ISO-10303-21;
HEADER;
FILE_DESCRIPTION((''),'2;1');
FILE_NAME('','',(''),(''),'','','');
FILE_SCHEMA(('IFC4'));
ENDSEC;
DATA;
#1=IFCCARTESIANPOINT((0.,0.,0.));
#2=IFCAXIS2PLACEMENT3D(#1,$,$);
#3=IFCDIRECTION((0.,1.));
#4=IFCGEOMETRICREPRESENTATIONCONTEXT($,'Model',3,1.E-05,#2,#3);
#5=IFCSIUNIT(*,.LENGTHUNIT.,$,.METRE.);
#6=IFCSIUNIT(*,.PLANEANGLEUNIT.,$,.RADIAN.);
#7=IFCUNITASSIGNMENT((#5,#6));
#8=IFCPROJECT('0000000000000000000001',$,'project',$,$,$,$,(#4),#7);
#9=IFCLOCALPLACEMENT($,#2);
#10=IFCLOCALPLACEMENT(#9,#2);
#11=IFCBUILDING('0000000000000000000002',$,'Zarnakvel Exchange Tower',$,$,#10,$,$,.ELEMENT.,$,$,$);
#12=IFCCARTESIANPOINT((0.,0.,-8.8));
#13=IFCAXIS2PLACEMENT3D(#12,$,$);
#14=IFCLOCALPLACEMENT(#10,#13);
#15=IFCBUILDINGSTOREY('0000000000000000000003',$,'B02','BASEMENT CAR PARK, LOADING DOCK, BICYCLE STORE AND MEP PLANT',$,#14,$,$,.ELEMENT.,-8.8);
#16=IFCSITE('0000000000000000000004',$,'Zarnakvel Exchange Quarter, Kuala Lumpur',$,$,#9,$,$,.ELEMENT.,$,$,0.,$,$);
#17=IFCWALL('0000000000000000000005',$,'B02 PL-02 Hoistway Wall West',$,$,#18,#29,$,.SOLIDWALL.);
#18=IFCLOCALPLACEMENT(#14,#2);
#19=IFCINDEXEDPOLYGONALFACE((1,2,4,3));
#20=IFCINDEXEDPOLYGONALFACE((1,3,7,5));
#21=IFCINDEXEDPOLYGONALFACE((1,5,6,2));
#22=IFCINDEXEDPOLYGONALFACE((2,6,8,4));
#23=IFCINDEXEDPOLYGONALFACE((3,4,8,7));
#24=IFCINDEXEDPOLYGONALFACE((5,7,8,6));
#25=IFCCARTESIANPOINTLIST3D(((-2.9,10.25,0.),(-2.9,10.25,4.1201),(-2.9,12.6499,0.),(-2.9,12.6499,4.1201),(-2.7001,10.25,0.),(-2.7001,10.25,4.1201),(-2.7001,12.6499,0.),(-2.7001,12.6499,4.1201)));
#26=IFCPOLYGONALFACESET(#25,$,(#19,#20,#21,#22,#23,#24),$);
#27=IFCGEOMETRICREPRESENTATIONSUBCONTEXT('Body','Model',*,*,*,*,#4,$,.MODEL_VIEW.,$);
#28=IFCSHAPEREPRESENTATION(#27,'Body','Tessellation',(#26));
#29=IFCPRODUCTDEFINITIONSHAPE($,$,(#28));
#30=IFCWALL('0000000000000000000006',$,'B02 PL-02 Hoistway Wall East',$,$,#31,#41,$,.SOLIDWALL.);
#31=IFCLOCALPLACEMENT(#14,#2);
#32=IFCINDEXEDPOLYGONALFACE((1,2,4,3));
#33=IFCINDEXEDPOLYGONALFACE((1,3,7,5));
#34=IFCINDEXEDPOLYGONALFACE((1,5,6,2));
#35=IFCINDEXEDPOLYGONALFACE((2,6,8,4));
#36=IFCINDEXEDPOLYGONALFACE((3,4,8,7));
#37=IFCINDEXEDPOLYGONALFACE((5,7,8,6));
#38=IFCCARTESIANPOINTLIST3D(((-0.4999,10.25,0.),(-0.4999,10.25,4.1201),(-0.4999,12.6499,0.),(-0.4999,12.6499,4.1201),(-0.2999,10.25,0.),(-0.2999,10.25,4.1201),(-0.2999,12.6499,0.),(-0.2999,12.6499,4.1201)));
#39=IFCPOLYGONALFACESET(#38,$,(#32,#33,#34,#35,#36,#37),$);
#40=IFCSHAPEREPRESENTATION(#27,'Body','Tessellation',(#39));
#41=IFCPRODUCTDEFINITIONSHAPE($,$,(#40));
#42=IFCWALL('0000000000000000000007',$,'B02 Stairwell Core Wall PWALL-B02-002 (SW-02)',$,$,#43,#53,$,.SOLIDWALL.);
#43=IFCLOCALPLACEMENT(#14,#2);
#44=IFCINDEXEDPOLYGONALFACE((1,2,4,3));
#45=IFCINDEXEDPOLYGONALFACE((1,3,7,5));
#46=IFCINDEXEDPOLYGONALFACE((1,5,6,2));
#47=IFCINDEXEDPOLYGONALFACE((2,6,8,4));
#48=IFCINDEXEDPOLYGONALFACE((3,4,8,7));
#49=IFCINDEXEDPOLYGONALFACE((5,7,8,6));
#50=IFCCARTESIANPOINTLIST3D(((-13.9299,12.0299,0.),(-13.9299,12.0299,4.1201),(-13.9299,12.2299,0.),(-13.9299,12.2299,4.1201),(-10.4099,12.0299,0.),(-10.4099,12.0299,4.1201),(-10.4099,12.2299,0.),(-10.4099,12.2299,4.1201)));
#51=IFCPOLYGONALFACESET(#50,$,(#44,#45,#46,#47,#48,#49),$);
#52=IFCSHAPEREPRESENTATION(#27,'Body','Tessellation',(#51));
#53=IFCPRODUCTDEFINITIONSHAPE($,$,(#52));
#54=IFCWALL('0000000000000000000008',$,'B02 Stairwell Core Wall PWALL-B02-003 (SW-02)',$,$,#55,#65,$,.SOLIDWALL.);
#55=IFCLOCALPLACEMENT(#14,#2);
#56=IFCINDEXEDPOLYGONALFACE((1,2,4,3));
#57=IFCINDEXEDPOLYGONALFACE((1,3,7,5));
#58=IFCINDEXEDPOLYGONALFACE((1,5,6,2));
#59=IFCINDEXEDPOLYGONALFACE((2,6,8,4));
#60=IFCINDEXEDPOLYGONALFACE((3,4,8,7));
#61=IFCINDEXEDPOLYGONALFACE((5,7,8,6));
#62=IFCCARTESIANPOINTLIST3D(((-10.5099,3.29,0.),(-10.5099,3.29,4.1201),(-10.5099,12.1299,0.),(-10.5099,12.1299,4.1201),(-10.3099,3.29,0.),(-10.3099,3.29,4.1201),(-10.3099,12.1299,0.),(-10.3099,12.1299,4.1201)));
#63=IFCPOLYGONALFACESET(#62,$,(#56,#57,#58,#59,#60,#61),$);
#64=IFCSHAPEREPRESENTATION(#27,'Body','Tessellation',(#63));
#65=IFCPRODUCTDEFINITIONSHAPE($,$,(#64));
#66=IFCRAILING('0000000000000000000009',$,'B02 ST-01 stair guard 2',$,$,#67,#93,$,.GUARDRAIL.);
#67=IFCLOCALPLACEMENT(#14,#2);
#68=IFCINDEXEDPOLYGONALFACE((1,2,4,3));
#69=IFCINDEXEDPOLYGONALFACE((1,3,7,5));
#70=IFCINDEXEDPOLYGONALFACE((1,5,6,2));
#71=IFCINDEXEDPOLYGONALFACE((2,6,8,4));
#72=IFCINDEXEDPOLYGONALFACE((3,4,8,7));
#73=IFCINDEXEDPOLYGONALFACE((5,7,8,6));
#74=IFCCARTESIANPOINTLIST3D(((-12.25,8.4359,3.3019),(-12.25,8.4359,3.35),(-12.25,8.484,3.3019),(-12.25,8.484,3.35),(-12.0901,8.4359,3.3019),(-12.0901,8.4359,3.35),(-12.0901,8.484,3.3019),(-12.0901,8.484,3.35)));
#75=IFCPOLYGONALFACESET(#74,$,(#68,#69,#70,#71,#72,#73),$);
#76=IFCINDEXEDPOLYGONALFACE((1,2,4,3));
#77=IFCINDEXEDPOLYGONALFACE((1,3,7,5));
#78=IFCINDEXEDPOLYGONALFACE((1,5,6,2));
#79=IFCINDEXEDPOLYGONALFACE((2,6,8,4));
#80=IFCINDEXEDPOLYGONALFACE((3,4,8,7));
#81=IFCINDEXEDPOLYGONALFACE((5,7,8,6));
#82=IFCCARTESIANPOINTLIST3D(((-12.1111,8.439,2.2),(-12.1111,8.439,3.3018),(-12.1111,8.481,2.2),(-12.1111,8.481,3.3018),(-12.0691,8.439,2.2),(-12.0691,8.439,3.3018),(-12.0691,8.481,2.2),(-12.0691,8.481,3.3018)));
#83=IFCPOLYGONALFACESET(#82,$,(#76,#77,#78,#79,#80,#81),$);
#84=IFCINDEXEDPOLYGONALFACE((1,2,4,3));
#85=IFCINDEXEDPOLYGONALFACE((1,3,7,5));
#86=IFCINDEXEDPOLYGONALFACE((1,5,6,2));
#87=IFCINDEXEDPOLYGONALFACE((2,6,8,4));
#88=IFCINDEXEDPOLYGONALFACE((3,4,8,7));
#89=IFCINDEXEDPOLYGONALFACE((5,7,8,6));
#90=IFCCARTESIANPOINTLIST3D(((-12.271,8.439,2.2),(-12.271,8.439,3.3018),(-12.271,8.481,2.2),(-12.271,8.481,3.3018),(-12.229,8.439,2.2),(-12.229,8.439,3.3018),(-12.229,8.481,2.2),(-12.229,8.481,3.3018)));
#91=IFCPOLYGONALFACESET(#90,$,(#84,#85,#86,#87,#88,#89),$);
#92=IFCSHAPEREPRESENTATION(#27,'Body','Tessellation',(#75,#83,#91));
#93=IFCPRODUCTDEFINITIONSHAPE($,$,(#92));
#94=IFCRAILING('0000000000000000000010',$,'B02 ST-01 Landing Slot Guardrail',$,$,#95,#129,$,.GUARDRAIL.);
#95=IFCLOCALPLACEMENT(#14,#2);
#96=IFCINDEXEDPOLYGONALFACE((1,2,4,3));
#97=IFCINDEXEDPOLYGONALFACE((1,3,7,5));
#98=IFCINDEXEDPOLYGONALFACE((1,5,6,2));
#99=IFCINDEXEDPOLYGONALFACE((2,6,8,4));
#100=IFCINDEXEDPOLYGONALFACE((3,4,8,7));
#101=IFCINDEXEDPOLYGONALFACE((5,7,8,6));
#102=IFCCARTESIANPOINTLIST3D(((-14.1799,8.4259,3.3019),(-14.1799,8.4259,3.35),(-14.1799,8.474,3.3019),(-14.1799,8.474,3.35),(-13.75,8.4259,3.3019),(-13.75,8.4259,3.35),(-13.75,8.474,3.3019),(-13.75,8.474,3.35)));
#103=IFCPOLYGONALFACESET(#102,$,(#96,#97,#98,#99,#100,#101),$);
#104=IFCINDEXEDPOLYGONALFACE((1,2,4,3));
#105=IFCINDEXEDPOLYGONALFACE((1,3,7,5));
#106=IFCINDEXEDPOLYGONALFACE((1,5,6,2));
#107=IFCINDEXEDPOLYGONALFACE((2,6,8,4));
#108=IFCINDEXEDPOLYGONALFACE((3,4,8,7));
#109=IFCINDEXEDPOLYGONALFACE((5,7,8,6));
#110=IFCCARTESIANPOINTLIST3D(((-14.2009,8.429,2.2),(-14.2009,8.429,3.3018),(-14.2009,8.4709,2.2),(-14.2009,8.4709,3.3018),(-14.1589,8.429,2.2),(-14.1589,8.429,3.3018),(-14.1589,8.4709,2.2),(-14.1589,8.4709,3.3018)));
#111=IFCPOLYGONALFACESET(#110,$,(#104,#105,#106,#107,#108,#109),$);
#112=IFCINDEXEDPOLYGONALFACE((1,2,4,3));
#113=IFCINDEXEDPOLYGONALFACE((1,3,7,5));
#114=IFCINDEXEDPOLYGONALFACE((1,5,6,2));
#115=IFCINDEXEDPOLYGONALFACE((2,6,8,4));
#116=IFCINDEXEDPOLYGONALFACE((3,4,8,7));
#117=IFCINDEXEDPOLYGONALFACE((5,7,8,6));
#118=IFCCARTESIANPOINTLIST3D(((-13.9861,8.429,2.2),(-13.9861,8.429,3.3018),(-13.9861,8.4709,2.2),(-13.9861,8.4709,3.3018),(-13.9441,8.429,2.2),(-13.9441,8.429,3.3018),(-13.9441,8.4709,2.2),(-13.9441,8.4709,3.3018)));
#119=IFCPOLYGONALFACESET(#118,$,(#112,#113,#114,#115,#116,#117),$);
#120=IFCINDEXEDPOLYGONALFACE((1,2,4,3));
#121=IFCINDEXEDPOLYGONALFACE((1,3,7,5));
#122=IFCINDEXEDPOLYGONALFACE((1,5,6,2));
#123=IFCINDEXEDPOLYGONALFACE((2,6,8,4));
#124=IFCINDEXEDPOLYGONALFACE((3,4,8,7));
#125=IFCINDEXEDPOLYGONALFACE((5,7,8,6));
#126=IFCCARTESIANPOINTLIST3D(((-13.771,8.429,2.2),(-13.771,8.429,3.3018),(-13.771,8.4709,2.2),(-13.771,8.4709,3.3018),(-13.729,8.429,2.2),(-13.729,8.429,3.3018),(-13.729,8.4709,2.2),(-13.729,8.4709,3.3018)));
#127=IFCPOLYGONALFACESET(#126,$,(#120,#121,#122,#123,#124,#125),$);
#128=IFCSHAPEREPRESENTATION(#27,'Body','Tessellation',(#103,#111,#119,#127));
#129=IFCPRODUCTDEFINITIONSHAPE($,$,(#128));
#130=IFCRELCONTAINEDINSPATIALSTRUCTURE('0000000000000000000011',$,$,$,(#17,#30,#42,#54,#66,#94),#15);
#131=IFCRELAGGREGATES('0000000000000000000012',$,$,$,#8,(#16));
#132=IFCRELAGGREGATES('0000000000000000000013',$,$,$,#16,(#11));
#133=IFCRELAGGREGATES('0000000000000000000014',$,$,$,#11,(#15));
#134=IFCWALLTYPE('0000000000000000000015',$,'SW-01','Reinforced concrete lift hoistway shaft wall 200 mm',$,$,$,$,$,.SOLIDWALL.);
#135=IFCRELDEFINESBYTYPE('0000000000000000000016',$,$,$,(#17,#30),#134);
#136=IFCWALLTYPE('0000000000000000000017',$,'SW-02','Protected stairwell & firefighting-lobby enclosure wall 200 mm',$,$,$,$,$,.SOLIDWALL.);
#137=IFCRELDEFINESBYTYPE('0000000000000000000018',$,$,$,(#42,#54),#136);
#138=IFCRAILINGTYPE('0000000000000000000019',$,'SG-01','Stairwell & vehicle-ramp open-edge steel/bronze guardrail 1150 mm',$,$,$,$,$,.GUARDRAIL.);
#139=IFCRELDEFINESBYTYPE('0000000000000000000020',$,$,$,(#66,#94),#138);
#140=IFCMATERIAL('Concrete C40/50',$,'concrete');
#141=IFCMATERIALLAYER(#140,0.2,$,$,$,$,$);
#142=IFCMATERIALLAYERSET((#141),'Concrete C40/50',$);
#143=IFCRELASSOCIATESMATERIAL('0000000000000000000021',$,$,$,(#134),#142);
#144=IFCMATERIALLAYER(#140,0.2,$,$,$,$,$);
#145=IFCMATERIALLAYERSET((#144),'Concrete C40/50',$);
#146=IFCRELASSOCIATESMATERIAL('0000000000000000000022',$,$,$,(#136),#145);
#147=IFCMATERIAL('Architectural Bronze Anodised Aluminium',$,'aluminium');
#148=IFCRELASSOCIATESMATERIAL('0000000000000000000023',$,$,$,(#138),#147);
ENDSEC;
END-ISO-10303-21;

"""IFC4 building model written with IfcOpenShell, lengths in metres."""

from ifc_helpers import new_model, si_unit, direction, frame, frame_2d, origin, origin_2d, place, context, subcontext, project, spatial, rectangle, extrude, material, layer, layer_set, type_object, element, save


model = new_model("IFC4")

# Units and contexts
model_context = context("Model", 3, precision=1e-05, world=origin(), true_north=direction((0.0, 1.0)))
body_context = subcontext(model_context, "Body", "Model", "MODEL_VIEW")
ifc_project = project(units=[si_unit("LENGTHUNIT", "METRE"), si_unit("PLANEANGLEUNIT", "RADIAN")], contexts=[model_context])

# Site, building, storey
site_placement = place(None, origin())
site = spatial("IfcSite", under=ifc_project, at=site_placement, Name="Zarnakvel Exchange Quarter, Kuala Lumpur", CompositionType="ELEMENT", RefElevation=0.0)
building_placement = place(site_placement, origin())
building = spatial("IfcBuilding", under=site, at=building_placement, Name="Zarnakvel Exchange Tower", CompositionType="ELEMENT")
storey_placement = place(building_placement, frame((0.0, 0.0, -8.8)))
storey = spatial("IfcBuildingStorey", under=building, at=storey_placement, Name="B02", Description="BASEMENT CAR PARK, LOADING DOCK, BICYCLE STORE AND MEP PLANT", CompositionType="ELEMENT", Elevation=-8.8)

# Shared definitions
ifc_material_1 = material(Name="Concrete C40/50", Category="concrete")
ifc_layer_1 = layer(ifc_material_1, 0.2)
ifc_layer_set_1 = layer_set([ifc_layer_1], Name="Concrete C40/50")
wall_type_1 = type_object("IfcWallType", Name="SW-01", Description="Reinforced concrete lift hoistway shaft wall 200 mm", PredefinedType="SOLIDWALL", material=ifc_layer_set_1)
ifc_material_2 = material(Name="Architectural Bronze Anodised Aluminium", Category="aluminium")

# Walls
for number, where, z_axis, x_axis, name in (
    (1, (-2.8, 10.25, 0.0), (0.0, 0.0, 1.0), (0.0, 1.0, 0.0), "B02 PL-02 Hoistway Wall West"),
    (2, (-0.3999, 12.6499, 0.0), (0.0, 0.0, 1.0), (0.0, -1.0, 0.0), "B02 PL-02 Hoistway Wall East"),
):
    element("IfcWall", number, at=place(storey_placement, frame(where, z_axis=z_axis, x_axis=x_axis)), inside=storey, type_object=wall_type_1, Name=name, PredefinedType="SOLIDWALL", context=body_context, shape_type="SweptSolid", body=[
        extrude(rectangle(XDim=2.3999, YDim=0.2, at=frame_2d((1.2, 0.0))), origin(), (0.0, 0.0, 1.0), 4.1201),
    ])
ifc_layer_2 = layer(ifc_material_1, 0.2)
ifc_layer_set_2 = layer_set([ifc_layer_2], Name="Concrete C40/50")
wall_type_2 = type_object("IfcWallType", Name="SW-02", Description="Protected stairwell & firefighting-lobby enclosure wall 200 mm", PredefinedType="SOLIDWALL", material=ifc_layer_set_2)
wall_1_placement = place(storey_placement, frame((-13.9299, 12.1299, 0.0), z_axis=(0.0, 0.0, 1.0), x_axis=(1.0, 0.0, 0.0)))
element("IfcWall", 3, at=wall_1_placement, inside=storey, type_object=wall_type_2, Name="B02 Stairwell Core Wall PWALL-B02-002 (SW-02)", PredefinedType="SOLIDWALL", context=body_context, shape_type="SweptSolid", body=[
    extrude(rectangle(XDim=3.52, YDim=0.2, at=frame_2d((1.76, 0.0))), origin(), (0.0, 0.0, 1.0), 4.1201),
])
wall_2_placement = place(storey_placement, frame((-10.4099, 12.1299, 0.0), z_axis=(0.0, 0.0, 1.0), x_axis=(0.0, -1.0, 0.0)))
element("IfcWall", 4, at=wall_2_placement, inside=storey, type_object=wall_type_2, Name="B02 Stairwell Core Wall PWALL-B02-003 (SW-02)", PredefinedType="SOLIDWALL", context=body_context, shape_type="SweptSolid", body=[
    extrude(rectangle(XDim=8.8398, YDim=0.2, at=frame_2d((4.4199, 0.0))), origin(), (0.0, 0.0, 1.0), 4.1201),
])

# Railings
railing_type = type_object("IfcRailingType", Name="SG-01", Description="Stairwell & vehicle-ramp open-edge steel/bronze guardrail 1150 mm", PredefinedType="GUARDRAIL", material=ifc_material_2)
railing_1_placement = place(storey_placement, frame((-12.0901, 8.46, 2.2)))
element("IfcRailing", 5, at=railing_1_placement, inside=storey, type_object=railing_type, Name="B02 ST-01 stair guard 2", PredefinedType="GUARDRAIL", context=body_context, shape_type="SweptSolid", body=[
    extrude(rectangle(XDim=0.0481, YDim=0.0481, at=origin_2d()), frame((0.0, 0.0, 1.126), z_axis=(-1.0, 0.0, 0.0), x_axis=(0.0, -1.0, 0.0)), (0.0, 0.0, 1.0), 0.1599),
    extrude(rectangle(XDim=0.042, YDim=0.042, at=origin_2d()), origin(), (0.0, 0.0, 1.0), 1.1018),
    extrude(rectangle(XDim=0.042, YDim=0.042, at=origin_2d()), frame((-0.1599, 0.0, 0.0)), (0.0, 0.0, 1.0), 1.1018),
])
railing_2_placement = place(storey_placement, frame((-14.1799, 8.45, 2.2)))
element("IfcRailing", 6, at=railing_2_placement, inside=storey, type_object=railing_type, Name="B02 ST-01 Landing Slot Guardrail", PredefinedType="GUARDRAIL", context=body_context, shape_type="SweptSolid", body=[
    extrude(rectangle(XDim=0.0481, YDim=0.0481, at=origin_2d()), frame((0.0, 0.0, 1.126), z_axis=(1.0, 0.0, 0.0), x_axis=(0.0, 1.0, 0.0)), (0.0, 0.0, 1.0), 0.4299),
    extrude(rectangle(XDim=0.042, YDim=0.042, at=origin_2d()), origin(), (0.0, 0.0, 1.0), 1.1018),
    extrude(rectangle(XDim=0.042, YDim=0.042, at=origin_2d()), frame((0.2148, 0.0, 0.0)), (0.0, 0.0, 1.0), 1.1018),
    extrude(rectangle(XDim=0.042, YDim=0.042, at=origin_2d()), frame((0.4299, 0.0, 0.0)), (0.0, 0.0, 1.0), 1.1018),
])

save(model, "model.ifc")
